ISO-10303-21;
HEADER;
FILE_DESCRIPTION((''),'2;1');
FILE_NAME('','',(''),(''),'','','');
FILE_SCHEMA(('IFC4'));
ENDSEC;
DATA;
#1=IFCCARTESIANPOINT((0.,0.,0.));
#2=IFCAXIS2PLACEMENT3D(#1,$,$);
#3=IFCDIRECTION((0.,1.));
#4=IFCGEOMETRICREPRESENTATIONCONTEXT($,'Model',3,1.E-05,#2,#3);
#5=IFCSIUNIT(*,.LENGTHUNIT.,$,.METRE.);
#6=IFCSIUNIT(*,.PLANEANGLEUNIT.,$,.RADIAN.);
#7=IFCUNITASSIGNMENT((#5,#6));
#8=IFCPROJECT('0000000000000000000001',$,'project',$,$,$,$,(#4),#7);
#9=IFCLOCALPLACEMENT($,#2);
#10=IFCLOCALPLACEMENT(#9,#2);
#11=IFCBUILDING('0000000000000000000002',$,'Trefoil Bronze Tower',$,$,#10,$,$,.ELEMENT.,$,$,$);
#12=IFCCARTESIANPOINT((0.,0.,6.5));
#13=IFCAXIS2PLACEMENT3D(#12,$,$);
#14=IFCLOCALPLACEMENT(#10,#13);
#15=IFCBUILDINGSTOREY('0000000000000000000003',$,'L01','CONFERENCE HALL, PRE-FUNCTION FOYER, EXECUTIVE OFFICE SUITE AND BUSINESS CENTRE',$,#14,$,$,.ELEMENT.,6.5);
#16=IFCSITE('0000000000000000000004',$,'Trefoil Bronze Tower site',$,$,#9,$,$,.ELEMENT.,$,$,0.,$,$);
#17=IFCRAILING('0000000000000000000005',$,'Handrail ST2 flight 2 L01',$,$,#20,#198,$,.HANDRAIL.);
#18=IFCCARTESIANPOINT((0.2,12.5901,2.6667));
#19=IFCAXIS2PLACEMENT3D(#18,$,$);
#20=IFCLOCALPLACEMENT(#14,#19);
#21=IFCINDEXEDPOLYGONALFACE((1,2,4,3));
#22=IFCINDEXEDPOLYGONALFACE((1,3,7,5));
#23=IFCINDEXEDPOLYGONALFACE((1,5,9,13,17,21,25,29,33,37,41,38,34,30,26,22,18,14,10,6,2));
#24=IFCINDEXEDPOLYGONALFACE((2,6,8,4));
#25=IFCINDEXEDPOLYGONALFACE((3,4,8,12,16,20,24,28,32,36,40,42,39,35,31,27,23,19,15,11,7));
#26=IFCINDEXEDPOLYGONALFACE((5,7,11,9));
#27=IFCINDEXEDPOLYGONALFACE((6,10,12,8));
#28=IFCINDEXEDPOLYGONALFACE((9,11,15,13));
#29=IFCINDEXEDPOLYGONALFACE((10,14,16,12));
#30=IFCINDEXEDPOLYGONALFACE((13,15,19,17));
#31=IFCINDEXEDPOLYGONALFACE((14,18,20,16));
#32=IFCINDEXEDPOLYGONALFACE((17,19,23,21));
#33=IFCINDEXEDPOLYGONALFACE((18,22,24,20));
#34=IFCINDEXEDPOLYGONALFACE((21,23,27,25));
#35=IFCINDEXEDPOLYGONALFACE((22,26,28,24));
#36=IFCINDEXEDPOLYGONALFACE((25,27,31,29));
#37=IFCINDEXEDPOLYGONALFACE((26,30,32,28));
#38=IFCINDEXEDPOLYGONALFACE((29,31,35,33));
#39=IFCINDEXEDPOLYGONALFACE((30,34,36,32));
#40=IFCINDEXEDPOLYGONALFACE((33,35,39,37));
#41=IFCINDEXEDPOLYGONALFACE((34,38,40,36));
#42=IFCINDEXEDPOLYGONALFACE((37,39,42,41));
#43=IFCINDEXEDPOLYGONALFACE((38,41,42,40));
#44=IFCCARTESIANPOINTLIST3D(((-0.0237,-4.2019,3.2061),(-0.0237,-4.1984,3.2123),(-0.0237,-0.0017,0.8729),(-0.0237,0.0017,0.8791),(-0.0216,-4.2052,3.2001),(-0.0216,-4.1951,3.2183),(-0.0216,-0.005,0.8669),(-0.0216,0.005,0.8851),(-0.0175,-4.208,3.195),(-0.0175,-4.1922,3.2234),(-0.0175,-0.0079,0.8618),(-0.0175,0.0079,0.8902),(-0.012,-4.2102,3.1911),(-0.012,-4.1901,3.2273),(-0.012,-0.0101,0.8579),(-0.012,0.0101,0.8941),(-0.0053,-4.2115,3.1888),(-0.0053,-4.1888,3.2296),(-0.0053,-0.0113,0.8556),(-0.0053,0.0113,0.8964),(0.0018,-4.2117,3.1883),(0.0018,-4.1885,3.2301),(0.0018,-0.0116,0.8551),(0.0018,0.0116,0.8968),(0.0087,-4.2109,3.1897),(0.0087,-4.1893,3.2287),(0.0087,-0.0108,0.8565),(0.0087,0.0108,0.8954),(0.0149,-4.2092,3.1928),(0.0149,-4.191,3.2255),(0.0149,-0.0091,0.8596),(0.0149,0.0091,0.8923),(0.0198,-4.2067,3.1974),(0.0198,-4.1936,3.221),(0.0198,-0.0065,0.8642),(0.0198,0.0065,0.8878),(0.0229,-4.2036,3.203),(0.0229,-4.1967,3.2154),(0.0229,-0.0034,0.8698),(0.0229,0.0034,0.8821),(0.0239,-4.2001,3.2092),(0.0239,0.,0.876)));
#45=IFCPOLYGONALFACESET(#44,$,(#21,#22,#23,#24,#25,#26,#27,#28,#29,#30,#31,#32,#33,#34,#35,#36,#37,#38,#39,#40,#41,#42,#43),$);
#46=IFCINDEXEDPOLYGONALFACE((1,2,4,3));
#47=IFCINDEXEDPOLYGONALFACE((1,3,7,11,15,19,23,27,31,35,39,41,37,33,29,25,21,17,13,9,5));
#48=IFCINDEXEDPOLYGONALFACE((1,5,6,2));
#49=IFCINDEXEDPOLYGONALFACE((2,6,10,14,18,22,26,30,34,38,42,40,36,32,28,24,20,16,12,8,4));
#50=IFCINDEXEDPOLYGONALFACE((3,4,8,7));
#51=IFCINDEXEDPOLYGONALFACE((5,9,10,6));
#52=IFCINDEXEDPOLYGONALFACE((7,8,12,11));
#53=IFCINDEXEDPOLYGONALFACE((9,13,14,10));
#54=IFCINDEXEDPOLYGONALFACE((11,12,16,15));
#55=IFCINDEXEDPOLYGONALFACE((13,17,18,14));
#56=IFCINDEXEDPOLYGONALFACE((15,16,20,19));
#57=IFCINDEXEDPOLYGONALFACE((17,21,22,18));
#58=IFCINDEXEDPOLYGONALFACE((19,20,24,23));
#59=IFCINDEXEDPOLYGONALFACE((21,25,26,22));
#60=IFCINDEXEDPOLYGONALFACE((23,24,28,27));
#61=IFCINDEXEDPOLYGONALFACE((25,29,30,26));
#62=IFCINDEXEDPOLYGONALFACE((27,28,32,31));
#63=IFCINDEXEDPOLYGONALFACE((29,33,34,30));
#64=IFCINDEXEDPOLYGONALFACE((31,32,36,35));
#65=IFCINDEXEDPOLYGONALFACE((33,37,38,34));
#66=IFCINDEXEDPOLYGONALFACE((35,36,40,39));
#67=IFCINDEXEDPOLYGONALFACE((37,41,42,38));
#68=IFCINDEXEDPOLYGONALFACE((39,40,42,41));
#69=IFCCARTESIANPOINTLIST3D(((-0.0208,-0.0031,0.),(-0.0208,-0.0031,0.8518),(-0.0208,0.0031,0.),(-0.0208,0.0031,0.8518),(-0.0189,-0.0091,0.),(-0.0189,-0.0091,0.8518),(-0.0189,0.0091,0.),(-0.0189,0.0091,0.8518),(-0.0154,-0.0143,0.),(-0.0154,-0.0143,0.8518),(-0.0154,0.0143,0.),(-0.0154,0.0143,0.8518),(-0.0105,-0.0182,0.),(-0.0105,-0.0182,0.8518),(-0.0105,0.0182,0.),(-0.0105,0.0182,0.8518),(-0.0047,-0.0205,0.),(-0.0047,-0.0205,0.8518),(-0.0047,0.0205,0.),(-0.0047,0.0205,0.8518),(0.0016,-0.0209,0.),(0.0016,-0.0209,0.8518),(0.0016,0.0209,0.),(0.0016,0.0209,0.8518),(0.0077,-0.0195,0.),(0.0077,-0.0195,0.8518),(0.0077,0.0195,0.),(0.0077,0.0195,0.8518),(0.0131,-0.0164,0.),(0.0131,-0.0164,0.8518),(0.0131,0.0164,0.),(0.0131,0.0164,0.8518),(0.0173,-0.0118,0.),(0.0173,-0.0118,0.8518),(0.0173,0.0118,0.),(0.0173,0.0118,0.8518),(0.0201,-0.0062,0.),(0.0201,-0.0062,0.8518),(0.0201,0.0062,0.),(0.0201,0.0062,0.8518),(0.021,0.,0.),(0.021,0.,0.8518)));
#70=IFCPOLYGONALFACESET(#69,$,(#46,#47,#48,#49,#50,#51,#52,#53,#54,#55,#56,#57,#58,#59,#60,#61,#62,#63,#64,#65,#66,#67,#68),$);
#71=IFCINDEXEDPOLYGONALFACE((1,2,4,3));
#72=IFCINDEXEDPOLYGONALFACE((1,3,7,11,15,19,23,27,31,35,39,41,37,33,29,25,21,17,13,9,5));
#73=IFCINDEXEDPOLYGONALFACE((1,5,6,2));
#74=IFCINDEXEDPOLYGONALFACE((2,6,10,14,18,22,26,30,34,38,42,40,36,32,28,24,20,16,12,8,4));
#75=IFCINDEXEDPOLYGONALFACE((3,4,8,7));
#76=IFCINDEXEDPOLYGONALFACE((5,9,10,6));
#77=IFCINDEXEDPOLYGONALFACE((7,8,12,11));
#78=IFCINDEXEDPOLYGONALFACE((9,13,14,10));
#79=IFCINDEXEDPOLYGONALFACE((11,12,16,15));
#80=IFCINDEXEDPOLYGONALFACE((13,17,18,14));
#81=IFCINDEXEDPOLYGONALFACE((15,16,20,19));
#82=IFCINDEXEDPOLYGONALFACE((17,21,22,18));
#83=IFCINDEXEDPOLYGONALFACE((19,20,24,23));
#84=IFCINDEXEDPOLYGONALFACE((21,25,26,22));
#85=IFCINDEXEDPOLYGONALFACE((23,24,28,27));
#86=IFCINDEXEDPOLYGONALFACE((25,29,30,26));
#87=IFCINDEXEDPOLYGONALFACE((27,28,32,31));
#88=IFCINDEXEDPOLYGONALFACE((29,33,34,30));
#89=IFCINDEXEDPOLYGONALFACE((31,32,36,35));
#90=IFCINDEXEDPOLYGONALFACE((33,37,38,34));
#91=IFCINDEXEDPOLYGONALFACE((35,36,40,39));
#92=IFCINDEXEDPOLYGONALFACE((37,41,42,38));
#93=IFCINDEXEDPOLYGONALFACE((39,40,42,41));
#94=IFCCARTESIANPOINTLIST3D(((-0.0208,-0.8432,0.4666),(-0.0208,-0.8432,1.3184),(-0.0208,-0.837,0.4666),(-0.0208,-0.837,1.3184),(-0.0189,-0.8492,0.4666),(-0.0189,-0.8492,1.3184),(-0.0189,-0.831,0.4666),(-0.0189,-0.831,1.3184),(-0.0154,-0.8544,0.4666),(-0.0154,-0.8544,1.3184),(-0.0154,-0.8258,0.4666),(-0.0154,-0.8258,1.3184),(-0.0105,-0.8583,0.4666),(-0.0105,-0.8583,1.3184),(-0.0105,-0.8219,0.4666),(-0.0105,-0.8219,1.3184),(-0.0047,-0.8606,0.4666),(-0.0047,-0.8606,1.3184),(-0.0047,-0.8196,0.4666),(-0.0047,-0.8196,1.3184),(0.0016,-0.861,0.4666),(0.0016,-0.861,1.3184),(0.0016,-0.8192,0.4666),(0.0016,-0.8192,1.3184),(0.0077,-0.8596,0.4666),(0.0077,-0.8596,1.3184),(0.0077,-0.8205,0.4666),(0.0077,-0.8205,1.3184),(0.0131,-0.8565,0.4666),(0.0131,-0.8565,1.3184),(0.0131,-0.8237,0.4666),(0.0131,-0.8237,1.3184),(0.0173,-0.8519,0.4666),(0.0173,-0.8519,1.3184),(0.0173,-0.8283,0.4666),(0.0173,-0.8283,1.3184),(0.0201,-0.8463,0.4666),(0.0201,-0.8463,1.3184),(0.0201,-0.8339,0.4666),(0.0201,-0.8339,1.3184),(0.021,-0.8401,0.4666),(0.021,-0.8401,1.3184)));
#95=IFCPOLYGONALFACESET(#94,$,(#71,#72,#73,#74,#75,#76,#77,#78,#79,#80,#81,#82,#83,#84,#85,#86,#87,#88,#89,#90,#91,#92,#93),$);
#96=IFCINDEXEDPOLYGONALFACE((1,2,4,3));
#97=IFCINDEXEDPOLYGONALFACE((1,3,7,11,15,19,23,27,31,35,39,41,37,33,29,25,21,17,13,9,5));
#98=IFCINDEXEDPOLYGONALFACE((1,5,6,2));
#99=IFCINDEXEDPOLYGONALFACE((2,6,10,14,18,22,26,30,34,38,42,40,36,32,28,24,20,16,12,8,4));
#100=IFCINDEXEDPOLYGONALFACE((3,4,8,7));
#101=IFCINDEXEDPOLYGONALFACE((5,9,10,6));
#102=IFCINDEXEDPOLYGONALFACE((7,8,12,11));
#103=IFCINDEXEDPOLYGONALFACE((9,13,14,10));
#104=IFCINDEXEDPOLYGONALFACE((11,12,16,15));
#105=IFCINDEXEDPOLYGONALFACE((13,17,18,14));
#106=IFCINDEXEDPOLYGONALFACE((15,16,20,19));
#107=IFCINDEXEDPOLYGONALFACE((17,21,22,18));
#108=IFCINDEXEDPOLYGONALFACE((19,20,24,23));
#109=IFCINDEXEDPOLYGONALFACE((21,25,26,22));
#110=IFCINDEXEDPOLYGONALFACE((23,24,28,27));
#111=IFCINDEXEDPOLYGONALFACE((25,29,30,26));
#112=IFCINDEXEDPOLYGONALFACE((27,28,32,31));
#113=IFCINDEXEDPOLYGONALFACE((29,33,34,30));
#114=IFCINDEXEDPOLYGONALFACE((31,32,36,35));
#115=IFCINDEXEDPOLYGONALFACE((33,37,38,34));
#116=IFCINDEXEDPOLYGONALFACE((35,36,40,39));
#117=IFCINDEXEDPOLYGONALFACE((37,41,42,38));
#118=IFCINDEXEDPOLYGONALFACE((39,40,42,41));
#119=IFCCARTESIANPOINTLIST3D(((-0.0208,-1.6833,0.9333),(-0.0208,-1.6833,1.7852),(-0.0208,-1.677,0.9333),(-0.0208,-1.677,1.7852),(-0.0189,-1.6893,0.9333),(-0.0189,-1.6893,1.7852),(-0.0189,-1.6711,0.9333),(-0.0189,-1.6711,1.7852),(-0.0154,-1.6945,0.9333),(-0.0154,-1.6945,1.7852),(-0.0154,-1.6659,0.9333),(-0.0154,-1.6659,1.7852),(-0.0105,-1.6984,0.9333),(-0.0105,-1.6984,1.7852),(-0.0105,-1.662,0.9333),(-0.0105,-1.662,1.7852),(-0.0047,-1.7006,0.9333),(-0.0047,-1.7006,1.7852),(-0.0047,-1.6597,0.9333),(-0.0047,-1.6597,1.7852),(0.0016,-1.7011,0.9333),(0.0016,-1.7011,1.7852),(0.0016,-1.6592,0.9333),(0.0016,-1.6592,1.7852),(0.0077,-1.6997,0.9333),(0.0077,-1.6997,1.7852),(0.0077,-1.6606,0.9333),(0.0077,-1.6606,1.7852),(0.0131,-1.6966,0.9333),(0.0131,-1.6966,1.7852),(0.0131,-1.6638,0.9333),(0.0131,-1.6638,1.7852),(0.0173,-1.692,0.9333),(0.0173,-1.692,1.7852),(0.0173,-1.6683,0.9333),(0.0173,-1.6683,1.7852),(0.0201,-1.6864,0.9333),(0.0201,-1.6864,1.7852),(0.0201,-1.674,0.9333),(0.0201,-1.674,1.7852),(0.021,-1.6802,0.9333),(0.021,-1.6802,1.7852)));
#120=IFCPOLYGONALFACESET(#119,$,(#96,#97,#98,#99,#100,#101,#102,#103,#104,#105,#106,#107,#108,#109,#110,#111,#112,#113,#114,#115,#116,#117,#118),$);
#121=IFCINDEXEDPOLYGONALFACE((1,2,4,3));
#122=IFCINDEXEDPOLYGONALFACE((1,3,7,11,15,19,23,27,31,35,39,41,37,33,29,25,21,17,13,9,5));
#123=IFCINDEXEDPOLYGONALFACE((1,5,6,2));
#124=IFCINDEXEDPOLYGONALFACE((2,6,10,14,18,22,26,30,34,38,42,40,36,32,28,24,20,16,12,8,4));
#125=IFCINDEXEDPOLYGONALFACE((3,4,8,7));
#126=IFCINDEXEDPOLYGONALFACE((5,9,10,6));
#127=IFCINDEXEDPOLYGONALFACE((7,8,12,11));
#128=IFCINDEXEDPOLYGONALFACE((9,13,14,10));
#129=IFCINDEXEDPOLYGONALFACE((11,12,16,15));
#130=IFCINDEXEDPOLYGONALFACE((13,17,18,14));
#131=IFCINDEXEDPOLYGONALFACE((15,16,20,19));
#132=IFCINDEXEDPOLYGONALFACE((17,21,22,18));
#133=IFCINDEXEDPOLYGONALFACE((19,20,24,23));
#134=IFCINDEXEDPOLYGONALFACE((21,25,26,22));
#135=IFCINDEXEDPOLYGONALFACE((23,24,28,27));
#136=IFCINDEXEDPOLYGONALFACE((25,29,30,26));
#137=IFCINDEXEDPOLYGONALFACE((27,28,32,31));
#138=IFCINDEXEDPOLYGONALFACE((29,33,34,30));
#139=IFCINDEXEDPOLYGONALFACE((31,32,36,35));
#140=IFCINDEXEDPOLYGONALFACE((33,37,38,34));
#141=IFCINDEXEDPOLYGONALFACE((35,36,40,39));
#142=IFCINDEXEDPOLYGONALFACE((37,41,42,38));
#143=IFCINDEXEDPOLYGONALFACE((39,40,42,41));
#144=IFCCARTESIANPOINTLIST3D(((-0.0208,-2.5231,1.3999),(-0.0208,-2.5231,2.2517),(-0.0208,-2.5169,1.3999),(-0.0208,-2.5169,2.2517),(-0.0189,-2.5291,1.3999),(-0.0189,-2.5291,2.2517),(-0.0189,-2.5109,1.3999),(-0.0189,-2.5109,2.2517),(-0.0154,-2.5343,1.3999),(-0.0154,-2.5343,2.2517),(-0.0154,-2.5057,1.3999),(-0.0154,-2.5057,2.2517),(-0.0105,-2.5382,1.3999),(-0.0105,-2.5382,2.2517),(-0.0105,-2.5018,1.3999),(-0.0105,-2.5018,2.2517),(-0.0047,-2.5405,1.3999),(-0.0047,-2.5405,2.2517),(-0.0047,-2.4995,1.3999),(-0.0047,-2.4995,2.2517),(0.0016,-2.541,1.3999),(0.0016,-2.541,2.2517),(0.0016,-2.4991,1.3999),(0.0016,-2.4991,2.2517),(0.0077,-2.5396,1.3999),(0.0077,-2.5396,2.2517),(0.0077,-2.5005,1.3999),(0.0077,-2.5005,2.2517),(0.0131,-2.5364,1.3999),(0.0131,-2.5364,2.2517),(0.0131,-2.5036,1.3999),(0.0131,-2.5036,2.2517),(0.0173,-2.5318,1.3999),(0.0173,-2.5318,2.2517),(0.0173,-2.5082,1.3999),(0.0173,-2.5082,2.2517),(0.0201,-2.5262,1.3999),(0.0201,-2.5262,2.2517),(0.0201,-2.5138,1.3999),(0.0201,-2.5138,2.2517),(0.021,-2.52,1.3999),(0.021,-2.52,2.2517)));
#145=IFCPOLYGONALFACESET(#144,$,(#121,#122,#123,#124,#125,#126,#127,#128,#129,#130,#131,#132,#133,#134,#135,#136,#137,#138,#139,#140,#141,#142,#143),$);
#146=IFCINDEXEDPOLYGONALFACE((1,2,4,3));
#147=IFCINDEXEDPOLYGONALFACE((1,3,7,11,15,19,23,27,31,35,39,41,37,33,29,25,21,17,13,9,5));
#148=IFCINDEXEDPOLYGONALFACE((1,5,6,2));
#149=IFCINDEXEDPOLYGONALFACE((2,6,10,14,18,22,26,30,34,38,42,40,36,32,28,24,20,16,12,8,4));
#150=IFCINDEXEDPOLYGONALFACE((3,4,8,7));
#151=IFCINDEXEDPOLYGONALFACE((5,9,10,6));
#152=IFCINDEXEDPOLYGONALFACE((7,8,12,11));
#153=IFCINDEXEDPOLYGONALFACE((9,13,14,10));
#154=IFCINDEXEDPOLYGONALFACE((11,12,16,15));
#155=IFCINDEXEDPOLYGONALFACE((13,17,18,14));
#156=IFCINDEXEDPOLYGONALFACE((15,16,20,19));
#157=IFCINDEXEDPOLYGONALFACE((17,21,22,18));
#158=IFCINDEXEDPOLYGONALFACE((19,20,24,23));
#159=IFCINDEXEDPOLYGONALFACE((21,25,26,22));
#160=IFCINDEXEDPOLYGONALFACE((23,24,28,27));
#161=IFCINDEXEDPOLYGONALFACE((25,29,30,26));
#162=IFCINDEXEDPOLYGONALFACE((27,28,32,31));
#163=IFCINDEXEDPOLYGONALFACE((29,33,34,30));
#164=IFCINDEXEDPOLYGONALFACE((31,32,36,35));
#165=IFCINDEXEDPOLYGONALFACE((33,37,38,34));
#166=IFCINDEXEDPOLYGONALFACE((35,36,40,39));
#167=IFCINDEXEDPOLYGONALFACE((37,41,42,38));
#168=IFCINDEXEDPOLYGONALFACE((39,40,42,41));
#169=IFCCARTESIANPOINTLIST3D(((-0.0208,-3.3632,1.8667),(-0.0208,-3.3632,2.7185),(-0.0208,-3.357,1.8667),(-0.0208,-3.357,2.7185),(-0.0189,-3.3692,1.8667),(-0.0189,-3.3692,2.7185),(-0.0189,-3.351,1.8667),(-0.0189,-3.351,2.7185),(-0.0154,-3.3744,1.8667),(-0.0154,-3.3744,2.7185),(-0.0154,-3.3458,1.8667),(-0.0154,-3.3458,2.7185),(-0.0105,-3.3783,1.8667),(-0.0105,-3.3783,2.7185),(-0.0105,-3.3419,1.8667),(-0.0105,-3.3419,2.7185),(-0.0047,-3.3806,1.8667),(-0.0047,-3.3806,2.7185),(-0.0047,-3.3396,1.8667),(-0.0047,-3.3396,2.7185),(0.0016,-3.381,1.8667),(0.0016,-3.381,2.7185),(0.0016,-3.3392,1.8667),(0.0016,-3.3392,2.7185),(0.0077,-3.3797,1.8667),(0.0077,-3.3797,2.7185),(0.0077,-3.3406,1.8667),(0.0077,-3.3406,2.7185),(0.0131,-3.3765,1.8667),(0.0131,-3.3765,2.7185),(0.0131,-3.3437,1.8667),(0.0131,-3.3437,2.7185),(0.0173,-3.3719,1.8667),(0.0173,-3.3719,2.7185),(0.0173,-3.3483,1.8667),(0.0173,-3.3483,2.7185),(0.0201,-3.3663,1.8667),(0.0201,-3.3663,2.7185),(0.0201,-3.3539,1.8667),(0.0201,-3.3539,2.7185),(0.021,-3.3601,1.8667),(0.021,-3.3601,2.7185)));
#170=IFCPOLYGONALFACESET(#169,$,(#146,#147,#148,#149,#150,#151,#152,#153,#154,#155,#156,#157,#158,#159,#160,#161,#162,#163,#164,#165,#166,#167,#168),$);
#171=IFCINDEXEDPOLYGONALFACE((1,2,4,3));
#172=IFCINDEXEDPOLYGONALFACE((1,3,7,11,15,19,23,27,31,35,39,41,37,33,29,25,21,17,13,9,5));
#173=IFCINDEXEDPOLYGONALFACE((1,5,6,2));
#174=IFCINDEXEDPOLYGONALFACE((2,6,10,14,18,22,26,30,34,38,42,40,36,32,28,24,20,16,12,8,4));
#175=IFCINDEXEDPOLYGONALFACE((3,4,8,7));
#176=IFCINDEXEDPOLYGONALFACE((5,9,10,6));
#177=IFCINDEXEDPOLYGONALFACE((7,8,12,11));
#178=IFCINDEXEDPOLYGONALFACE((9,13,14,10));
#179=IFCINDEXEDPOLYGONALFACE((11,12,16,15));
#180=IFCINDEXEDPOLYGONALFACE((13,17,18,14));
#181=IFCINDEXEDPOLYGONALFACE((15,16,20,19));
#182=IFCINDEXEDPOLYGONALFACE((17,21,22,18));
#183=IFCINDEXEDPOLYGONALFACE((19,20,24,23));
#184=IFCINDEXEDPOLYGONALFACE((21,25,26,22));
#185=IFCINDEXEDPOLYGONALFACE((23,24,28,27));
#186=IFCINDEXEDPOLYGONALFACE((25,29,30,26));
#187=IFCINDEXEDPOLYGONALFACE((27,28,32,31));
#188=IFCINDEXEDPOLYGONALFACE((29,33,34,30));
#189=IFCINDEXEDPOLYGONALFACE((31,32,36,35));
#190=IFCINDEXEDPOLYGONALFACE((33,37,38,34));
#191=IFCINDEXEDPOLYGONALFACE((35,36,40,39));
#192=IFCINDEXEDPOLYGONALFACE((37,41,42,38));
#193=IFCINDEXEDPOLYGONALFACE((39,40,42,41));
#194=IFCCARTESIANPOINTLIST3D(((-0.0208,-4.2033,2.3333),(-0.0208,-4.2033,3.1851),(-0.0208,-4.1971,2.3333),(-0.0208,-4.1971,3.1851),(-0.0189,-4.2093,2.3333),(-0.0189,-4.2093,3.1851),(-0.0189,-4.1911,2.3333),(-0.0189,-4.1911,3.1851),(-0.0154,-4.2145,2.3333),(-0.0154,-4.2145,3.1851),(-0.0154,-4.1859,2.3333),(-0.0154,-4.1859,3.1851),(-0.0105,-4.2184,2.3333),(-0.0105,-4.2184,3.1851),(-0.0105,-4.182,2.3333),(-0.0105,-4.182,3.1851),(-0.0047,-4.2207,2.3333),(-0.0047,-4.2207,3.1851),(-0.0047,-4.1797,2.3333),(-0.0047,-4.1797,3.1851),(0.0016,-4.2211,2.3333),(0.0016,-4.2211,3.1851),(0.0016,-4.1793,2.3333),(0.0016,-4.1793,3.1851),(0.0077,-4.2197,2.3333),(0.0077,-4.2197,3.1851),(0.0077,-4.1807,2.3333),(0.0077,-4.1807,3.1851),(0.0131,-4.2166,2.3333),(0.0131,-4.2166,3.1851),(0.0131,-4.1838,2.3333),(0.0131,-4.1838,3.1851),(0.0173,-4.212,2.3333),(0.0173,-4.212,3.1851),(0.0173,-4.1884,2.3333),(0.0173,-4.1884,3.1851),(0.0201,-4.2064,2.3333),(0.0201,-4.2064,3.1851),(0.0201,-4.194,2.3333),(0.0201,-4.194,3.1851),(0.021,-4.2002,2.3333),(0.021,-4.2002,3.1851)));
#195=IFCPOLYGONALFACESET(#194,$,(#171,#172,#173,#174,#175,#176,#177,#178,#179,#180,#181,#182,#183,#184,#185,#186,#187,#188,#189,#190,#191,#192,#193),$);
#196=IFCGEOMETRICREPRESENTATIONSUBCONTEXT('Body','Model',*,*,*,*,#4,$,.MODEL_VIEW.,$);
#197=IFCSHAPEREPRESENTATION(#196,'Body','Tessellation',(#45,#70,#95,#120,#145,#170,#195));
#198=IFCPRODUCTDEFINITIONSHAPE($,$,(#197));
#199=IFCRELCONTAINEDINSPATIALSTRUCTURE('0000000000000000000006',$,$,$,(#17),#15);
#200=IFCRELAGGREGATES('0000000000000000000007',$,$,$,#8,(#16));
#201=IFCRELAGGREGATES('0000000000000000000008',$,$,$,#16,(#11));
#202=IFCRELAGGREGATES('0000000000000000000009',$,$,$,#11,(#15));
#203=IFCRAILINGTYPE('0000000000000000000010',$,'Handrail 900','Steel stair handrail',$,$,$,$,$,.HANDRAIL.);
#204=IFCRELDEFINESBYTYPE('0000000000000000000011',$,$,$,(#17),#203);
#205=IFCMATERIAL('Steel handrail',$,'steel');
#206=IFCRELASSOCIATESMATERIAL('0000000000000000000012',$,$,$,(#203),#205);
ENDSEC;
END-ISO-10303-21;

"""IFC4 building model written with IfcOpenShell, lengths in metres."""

from ifc_helpers import new_model, si_unit, direction, frame, origin, origin_2d, place, context, subcontext, project, spatial, circle, extrude, material, type_object, element, save


model = new_model("IFC4")

# Units and contexts
model_context = context("Model", 3, precision=1e-05, world=origin(), true_north=direction((0.0, 1.0)))
body_context = subcontext(model_context, "Body", "Model", "MODEL_VIEW")
ifc_project = project(units=[si_unit("LENGTHUNIT", "METRE"), si_unit("PLANEANGLEUNIT", "RADIAN")], contexts=[model_context])

# Site, building, storey
site_placement = place(None, origin())
site = spatial("IfcSite", under=ifc_project, at=site_placement, Name="Trefoil Bronze Tower site", CompositionType="ELEMENT", RefElevation=0.0)
building_placement = place(site_placement, origin())
building = spatial("IfcBuilding", under=site, at=building_placement, Name="Trefoil Bronze Tower", CompositionType="ELEMENT")
storey_placement = place(building_placement, frame((0.0, 0.0, 6.5)))
storey = spatial("IfcBuildingStorey", under=building, at=storey_placement, Name="L01", Description="CONFERENCE HALL, PRE-FUNCTION FOYER, EXECUTIVE OFFICE SUITE AND BUSINESS CENTRE", CompositionType="ELEMENT", Elevation=6.5)

# Railing
ifc_material_1 = material(Name="Steel handrail", Category="steel")
railing_type = type_object("IfcRailingType", Name="Handrail 900", Description="Steel stair handrail", PredefinedType="HANDRAIL", material=ifc_material_1)
railing_placement = place(storey_placement, frame((0.2, 12.5901, 2.6667)))
element("IfcRailing", 1, at=railing_placement, inside=storey, type_object=railing_type, Name="Handrail ST2 flight 2 L01", PredefinedType="HANDRAIL", context=body_context, shape_type="SweptSolid", body=[
    extrude(circle(Radius=0.0239, at=origin_2d()), frame((0.0, 0.0, 0.876), z_axis=(0.0, -0.874174, 0.485613), x_axis=(1.0, 0.0, 0.0)), (0.0, 0.0, 1.0), 4.8047),
    extrude(circle(Radius=0.021, at=origin_2d()), origin(), (0.0, 0.0, 1.0), 0.8518),
    extrude(circle(Radius=0.021, at=origin_2d()), frame((0.0, -0.8401, 0.4666)), (0.0, 0.0, 1.0), 0.8518),
    extrude(circle(Radius=0.021, at=origin_2d()), frame((0.0, -1.6802, 0.9333)), (0.0, 0.0, 1.0), 0.8518),
    extrude(circle(Radius=0.021, at=origin_2d()), frame((0.0, -2.52, 1.3999)), (0.0, 0.0, 1.0), 0.8518),
    extrude(circle(Radius=0.021, at=origin_2d()), frame((0.0, -3.3601, 1.8667)), (0.0, 0.0, 1.0), 0.8518),
    extrude(circle(Radius=0.021, at=origin_2d()), frame((0.0, -4.2002, 2.3333)), (0.0, 0.0, 1.0), 0.8518),
])

save(model, "model.ifc")
